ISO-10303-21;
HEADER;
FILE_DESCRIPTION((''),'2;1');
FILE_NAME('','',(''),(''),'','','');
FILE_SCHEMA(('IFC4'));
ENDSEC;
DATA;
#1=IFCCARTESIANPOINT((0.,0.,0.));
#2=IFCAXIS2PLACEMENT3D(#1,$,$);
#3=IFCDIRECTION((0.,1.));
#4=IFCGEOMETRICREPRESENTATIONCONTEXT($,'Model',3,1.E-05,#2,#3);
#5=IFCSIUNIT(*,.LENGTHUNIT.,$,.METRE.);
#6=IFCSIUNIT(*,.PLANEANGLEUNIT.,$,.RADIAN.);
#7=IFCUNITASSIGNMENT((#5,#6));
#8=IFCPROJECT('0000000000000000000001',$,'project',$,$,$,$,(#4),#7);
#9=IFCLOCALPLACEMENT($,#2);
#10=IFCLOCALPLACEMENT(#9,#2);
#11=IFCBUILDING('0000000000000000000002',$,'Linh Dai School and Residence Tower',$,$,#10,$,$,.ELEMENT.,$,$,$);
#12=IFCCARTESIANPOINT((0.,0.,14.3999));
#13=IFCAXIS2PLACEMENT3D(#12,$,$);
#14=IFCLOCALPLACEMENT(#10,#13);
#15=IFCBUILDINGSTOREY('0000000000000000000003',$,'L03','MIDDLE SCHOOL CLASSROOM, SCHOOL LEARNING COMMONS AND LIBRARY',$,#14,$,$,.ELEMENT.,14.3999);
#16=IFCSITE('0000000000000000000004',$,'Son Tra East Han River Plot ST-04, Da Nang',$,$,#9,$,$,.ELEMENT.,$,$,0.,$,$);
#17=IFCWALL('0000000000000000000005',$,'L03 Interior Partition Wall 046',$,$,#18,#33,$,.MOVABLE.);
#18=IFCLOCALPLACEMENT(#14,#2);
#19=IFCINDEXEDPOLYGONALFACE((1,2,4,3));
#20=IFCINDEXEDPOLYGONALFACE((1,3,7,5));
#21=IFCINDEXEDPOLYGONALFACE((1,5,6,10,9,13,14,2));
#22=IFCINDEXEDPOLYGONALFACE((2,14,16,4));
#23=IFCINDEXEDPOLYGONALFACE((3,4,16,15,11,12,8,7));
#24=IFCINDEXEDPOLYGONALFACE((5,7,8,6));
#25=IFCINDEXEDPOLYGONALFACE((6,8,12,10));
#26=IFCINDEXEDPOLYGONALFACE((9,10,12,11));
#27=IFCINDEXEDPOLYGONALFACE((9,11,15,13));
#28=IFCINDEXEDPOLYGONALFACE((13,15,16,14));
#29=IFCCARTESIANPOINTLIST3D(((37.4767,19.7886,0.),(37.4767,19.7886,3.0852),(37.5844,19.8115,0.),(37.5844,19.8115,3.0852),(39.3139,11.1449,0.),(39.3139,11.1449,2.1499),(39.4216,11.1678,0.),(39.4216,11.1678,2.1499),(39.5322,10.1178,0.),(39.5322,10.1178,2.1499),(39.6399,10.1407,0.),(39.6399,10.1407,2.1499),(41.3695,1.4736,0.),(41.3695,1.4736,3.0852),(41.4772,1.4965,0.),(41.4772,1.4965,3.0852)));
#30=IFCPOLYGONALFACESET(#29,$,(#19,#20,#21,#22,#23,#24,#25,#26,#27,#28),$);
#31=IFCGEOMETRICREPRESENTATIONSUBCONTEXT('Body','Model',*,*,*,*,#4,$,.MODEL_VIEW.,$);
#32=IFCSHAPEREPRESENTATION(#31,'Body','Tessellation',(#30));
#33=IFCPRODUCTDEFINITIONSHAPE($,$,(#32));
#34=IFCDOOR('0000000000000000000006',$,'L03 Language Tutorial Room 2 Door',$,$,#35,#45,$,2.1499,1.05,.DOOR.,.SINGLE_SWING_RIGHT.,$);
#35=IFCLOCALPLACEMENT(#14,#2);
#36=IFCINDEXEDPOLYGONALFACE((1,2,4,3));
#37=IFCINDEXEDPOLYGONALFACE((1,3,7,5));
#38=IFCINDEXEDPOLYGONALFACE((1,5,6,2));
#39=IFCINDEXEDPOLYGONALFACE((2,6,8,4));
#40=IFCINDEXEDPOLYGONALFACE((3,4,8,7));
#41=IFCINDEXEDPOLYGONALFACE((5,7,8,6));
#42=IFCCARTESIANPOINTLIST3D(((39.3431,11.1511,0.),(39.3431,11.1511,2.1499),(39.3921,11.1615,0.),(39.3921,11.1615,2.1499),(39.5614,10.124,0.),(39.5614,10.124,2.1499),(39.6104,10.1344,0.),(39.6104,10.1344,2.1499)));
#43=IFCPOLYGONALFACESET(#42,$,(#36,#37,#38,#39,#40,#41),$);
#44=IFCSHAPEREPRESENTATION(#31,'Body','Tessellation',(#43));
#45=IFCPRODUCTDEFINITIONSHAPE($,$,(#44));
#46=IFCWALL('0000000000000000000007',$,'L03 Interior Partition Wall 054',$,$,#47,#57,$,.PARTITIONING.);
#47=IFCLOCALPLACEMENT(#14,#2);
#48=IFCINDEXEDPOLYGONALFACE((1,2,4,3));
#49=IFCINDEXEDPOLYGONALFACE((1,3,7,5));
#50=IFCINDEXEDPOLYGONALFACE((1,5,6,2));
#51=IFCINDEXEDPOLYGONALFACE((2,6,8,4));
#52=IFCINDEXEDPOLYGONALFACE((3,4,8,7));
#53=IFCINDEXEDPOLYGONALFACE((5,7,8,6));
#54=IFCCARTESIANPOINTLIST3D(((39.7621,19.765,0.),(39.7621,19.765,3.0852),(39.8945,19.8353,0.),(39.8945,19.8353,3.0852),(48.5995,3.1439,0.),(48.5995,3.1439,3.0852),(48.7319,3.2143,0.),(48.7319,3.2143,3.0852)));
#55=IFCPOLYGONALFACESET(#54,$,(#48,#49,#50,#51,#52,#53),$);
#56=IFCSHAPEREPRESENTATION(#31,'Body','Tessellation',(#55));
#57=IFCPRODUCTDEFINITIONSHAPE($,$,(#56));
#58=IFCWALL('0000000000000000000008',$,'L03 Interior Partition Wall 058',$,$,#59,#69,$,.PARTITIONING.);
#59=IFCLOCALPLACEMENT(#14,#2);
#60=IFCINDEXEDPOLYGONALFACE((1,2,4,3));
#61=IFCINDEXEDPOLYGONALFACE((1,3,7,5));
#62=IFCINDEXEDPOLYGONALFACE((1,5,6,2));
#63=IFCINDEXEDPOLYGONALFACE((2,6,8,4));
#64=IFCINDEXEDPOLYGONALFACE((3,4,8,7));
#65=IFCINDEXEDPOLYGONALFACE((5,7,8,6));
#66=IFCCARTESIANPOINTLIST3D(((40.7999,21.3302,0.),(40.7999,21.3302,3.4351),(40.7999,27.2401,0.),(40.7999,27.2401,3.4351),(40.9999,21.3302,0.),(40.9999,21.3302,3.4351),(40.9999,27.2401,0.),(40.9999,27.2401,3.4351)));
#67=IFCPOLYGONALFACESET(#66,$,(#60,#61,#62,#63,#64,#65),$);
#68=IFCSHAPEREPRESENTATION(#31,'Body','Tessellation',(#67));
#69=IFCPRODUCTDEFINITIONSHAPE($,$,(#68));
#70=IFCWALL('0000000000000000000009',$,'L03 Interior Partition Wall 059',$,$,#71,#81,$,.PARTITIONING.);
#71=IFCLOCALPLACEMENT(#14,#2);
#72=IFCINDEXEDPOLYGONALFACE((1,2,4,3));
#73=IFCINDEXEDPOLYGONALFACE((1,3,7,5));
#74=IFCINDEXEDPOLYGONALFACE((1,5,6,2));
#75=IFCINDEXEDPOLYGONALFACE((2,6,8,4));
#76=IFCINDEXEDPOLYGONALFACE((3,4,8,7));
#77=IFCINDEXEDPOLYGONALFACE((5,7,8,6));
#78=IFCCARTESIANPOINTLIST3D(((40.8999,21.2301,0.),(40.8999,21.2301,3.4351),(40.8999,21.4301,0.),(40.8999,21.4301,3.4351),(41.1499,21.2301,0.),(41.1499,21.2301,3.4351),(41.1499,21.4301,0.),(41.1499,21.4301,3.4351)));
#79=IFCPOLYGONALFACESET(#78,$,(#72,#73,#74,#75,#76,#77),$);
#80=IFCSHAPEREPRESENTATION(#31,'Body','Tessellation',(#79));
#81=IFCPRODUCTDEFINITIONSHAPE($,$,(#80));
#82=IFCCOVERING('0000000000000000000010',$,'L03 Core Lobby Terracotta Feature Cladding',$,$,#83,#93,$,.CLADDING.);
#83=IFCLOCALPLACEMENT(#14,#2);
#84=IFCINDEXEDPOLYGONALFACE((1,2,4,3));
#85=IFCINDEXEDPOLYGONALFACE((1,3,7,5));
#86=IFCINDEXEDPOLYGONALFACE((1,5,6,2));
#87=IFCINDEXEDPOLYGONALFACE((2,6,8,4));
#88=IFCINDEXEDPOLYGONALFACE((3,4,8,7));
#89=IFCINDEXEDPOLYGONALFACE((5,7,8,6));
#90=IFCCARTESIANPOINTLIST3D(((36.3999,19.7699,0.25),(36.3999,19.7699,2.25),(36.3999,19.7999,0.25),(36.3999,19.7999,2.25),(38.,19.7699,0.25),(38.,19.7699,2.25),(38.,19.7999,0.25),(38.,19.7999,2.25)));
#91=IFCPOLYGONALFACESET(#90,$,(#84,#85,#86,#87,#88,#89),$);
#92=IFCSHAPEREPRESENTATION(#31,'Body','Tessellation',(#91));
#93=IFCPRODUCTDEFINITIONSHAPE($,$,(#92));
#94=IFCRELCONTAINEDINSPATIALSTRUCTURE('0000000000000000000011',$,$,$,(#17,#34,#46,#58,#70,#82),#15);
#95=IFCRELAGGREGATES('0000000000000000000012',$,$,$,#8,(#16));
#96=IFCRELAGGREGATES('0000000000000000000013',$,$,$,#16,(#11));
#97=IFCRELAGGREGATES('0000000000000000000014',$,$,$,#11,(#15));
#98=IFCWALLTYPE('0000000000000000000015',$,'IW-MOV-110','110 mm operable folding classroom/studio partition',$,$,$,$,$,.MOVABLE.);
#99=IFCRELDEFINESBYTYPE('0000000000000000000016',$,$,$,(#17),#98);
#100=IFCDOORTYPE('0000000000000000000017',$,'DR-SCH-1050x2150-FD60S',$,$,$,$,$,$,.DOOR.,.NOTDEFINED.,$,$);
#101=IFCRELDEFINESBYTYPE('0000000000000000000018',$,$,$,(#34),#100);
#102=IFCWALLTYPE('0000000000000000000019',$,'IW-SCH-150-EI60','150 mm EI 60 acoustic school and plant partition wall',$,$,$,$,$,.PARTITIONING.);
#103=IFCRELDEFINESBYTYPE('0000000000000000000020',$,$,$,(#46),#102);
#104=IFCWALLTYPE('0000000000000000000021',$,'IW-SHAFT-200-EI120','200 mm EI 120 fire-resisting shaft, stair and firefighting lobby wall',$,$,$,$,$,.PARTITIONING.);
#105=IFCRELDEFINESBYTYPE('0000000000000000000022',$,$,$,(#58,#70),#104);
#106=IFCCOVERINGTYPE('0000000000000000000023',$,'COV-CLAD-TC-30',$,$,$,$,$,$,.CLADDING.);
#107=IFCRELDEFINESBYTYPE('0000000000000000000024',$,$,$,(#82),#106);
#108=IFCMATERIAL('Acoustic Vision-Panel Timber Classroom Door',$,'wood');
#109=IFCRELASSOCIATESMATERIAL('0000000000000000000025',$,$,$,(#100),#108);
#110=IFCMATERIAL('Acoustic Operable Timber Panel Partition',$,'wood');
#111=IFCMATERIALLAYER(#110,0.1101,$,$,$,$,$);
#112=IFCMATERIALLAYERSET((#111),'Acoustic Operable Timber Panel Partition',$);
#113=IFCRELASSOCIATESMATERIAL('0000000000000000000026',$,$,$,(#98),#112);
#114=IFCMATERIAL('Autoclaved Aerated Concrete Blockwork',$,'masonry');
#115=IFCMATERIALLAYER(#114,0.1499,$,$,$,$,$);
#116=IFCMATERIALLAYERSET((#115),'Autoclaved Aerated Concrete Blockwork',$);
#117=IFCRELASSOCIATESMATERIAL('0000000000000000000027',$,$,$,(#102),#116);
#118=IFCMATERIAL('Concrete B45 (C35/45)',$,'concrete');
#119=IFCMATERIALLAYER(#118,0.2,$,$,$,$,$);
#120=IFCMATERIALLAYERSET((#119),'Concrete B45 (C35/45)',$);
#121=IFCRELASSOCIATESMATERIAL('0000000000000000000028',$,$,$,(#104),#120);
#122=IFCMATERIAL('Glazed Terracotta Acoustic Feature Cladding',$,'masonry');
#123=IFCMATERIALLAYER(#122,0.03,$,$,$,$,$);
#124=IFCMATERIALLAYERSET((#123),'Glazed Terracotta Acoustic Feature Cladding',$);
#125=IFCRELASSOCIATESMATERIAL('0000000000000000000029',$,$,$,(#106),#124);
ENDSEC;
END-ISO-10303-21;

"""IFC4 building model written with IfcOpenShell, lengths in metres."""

from ifc_helpers import new_model, si_unit, direction, frame, frame_2d, origin, origin_2d, place, context, subcontext, project, spatial, rectangle, extrude, source, transform, mapped, material, layer, layer_set, type_object, element, fill, save


model = new_model("IFC4")

# Units and contexts
model_context = context("Model", 3, precision=1e-05, world=origin(), true_north=direction((0.0, 1.0)))
body_context = subcontext(model_context, "Body", "Model", "MODEL_VIEW")
ifc_project = project(units=[si_unit("LENGTHUNIT", "METRE"), si_unit("PLANEANGLEUNIT", "RADIAN")], contexts=[model_context])

# Site, building, storey
site_placement = place(None, origin())
site = spatial("IfcSite", under=ifc_project, at=site_placement, Name="Son Tra East Han River Plot ST-04, Da Nang", CompositionType="ELEMENT", RefElevation=0.0)
building_placement = place(site_placement, origin())
building = spatial("IfcBuilding", under=site, at=building_placement, Name="Linh Dai School and Residence Tower", CompositionType="ELEMENT")
storey_placement = place(building_placement, frame((0.0, 0.0, 14.3999)))
storey = spatial("IfcBuildingStorey", under=building, at=storey_placement, Name="L03", Description="MIDDLE SCHOOL CLASSROOM, SCHOOL LEARNING COMMONS AND LIBRARY", CompositionType="ELEMENT", Elevation=14.3999)

# Shared definitions
ifc_material_1 = material(Name="Autoclaved Aerated Concrete Blockwork", Category="masonry")
ifc_material_2 = material(Name="Acoustic Vision-Panel Timber Classroom Door", Category="wood")
door_type_1 = type_object("IfcDoorType", Name="DR-SCH-1050x2150-FD60S", OperationType="NOTDEFINED", PredefinedType="DOOR", material=ifc_material_2)
shared_shape_1 = source(origin(), body_context, "Body", "SweptSolid", [
    extrude(rectangle(XDim=1.05, YDim=2.1499, at=origin_2d()), frame((0.5249, 0.0249, 1.075), z_axis=(0.0, -1.0, 0.0), x_axis=(1.0, 0.0, 0.0)), (0.0, 0.0, 1.0), 0.05),
])

# Wall, opening, door
ifc_material_3 = material(Name="Acoustic Operable Timber Panel Partition", Category="wood")
ifc_layer_1 = layer(ifc_material_3, 0.1101)
ifc_layer_set_1 = layer_set([ifc_layer_1], Name="Acoustic Operable Timber Panel Partition")
wall_type_1 = type_object("IfcWallType", Name="IW-MOV-110", Description="110 mm operable folding classroom/studio partition", PredefinedType="MOVABLE", material=ifc_layer_set_1)
wall_1_placement = place(storey_placement, frame((37.5305, 19.8, 0.0), z_axis=(0.0, 0.0, 1.0), x_axis=(0.207905, -0.978149, 0.0)))
wall_1 = element("IfcWall", 1, at=wall_1_placement, inside=storey, type_object=wall_type_1, Name="L03 Interior Partition Wall 046", PredefinedType="MOVABLE", context=body_context, shape_type="SweptSolid", body=[
    extrude(rectangle(XDim=18.7241, YDim=0.1101, at=frame_2d((9.3621, 0.0))), origin(), (0.0, 0.0, 1.0), 3.0852),
])
opening_1_placement = place(wall_1_placement, frame((8.8369, 0.0, 0.0)))
opening_1 = element("IfcOpeningElement", 2, at=opening_1_placement, cuts=wall_1, PredefinedType="OPENING", context=body_context, shape_type="SweptSolid", body=[
    extrude(rectangle(XDim=1.05, YDim=2.1499, at=origin_2d()), frame((0.5249, 0.0649, 1.075), z_axis=(0.0, -1.0, 0.0), x_axis=(1.0, 0.0, 0.0)), (0.0, 0.0, 1.0), 0.1301),
])
door_1_placement = place(opening_1_placement, origin())
door_1 = element("IfcDoor", 3, at=door_1_placement, inside=storey, type_object=door_type_1, Name="L03 Language Tutorial Room 2 Door", OperationType="SINGLE_SWING_RIGHT", OverallHeight=2.1499, OverallWidth=1.05, PredefinedType="DOOR", context=body_context, shape_type="MappedRepresentation", body=[
    mapped(shared_shape_1, transform((0.0, 0.0, 0.0), x_axis=(1.0, 0.0, 0.0), y_axis=(0.0, 1.0, 0.0), z_axis=(0.0, 0.0, 1.0), scale=1.0)),
])
fill(opening_1, door_1)

# Walls
ifc_layer_2 = layer(ifc_material_1, 0.1499)
ifc_layer_set_2 = layer_set([ifc_layer_2], Name="Autoclaved Aerated Concrete Blockwork")
wall_type_2 = type_object("IfcWallType", Name="IW-SCH-150-EI60", Description="150 mm EI 60 acoustic school and plant partition wall", PredefinedType="PARTITIONING", material=ifc_layer_set_2)
wall_2_placement = place(storey_placement, frame((39.8284, 19.8, 0.0), z_axis=(0.0, 0.0, 1.0), x_axis=(0.469464, -0.882952, 0.0)))
element("IfcWall", 4, at=wall_2_placement, inside=storey, type_object=wall_type_2, Name="L03 Interior Partition Wall 054", PredefinedType="PARTITIONING", context=body_context, shape_type="SweptSolid", body=[
    extrude(rectangle(XDim=18.8245, YDim=0.1499, at=frame_2d((9.4121, 0.0))), origin(), (0.0, 0.0, 1.0), 3.0852),
])
ifc_material_4 = material(Name="Concrete B45 (C35/45)", Category="concrete")
ifc_layer_3 = layer(ifc_material_4, 0.2)
ifc_layer_set_3 = layer_set([ifc_layer_3], Name="Concrete B45 (C35/45)")
wall_type_3 = type_object("IfcWallType", Name="IW-SHAFT-200-EI120", Description="200 mm EI 120 fire-resisting shaft, stair and firefighting lobby wall", PredefinedType="PARTITIONING", material=ifc_layer_set_3)
wall_3_placement = place(storey_placement, frame((40.8999, 21.3301, 0.0), z_axis=(0.0, 0.0, 1.0), x_axis=(0.0, 1.0, 0.0)))
element("IfcWall", 5, at=wall_3_placement, inside=storey, type_object=wall_type_3, Name="L03 Interior Partition Wall 058", PredefinedType="PARTITIONING", context=body_context, shape_type="SweptSolid", body=[
    extrude(rectangle(XDim=5.9099, YDim=0.2, at=frame_2d((2.9551, 0.0))), origin(), (0.0, 0.0, 1.0), 3.4351),
])
wall_4_placement = place(storey_placement, frame((40.8999, 21.3301, 0.0), z_axis=(0.0, 0.0, 1.0), x_axis=(1.0, 0.0, 0.0)))
element("IfcWall", 6, at=wall_4_placement, inside=storey, type_object=wall_type_3, Name="L03 Interior Partition Wall 059", PredefinedType="PARTITIONING", context=body_context, shape_type="SweptSolid", body=[
    extrude(rectangle(XDim=0.25, YDim=0.2, at=frame_2d((0.125, 0.0))), origin(), (0.0, 0.0, 1.0), 3.4351),
])

# Covering
ifc_material_5 = material(Name="Glazed Terracotta Acoustic Feature Cladding", Category="masonry")
ifc_layer_4 = layer(ifc_material_5, 0.03)
ifc_layer_set_4 = layer_set([ifc_layer_4], Name="Glazed Terracotta Acoustic Feature Cladding")
covering_type = type_object("IfcCoveringType", Name="COV-CLAD-TC-30", PredefinedType="CLADDING", material=ifc_layer_set_4)
shared_shape_2 = source(origin(), body_context, "Body", "SweptSolid", [
    extrude(rectangle(XDim=1.6001, YDim=0.03, at=origin_2d()), origin(), (0.0, 0.0, 1.0), 2.0),
])
covering_placement = place(storey_placement, frame((37.2, 19.7849, 0.25), z_axis=(0.0, 0.0, 1.0), x_axis=(1.0, 0.0, 0.0)))
element("IfcCovering", 7, at=covering_placement, inside=storey, type_object=covering_type, Name="L03 Core Lobby Terracotta Feature Cladding", PredefinedType="CLADDING", context=body_context, shape_type="MappedRepresentation", body=[
    mapped(shared_shape_2, transform((0.0, 0.0, 0.0), x_axis=(1.0, 0.0, 0.0), y_axis=(0.0, 1.0, 0.0), z_axis=(0.0, 0.0, 1.0), scale=1.0)),
])

save(model, "model.ifc")
